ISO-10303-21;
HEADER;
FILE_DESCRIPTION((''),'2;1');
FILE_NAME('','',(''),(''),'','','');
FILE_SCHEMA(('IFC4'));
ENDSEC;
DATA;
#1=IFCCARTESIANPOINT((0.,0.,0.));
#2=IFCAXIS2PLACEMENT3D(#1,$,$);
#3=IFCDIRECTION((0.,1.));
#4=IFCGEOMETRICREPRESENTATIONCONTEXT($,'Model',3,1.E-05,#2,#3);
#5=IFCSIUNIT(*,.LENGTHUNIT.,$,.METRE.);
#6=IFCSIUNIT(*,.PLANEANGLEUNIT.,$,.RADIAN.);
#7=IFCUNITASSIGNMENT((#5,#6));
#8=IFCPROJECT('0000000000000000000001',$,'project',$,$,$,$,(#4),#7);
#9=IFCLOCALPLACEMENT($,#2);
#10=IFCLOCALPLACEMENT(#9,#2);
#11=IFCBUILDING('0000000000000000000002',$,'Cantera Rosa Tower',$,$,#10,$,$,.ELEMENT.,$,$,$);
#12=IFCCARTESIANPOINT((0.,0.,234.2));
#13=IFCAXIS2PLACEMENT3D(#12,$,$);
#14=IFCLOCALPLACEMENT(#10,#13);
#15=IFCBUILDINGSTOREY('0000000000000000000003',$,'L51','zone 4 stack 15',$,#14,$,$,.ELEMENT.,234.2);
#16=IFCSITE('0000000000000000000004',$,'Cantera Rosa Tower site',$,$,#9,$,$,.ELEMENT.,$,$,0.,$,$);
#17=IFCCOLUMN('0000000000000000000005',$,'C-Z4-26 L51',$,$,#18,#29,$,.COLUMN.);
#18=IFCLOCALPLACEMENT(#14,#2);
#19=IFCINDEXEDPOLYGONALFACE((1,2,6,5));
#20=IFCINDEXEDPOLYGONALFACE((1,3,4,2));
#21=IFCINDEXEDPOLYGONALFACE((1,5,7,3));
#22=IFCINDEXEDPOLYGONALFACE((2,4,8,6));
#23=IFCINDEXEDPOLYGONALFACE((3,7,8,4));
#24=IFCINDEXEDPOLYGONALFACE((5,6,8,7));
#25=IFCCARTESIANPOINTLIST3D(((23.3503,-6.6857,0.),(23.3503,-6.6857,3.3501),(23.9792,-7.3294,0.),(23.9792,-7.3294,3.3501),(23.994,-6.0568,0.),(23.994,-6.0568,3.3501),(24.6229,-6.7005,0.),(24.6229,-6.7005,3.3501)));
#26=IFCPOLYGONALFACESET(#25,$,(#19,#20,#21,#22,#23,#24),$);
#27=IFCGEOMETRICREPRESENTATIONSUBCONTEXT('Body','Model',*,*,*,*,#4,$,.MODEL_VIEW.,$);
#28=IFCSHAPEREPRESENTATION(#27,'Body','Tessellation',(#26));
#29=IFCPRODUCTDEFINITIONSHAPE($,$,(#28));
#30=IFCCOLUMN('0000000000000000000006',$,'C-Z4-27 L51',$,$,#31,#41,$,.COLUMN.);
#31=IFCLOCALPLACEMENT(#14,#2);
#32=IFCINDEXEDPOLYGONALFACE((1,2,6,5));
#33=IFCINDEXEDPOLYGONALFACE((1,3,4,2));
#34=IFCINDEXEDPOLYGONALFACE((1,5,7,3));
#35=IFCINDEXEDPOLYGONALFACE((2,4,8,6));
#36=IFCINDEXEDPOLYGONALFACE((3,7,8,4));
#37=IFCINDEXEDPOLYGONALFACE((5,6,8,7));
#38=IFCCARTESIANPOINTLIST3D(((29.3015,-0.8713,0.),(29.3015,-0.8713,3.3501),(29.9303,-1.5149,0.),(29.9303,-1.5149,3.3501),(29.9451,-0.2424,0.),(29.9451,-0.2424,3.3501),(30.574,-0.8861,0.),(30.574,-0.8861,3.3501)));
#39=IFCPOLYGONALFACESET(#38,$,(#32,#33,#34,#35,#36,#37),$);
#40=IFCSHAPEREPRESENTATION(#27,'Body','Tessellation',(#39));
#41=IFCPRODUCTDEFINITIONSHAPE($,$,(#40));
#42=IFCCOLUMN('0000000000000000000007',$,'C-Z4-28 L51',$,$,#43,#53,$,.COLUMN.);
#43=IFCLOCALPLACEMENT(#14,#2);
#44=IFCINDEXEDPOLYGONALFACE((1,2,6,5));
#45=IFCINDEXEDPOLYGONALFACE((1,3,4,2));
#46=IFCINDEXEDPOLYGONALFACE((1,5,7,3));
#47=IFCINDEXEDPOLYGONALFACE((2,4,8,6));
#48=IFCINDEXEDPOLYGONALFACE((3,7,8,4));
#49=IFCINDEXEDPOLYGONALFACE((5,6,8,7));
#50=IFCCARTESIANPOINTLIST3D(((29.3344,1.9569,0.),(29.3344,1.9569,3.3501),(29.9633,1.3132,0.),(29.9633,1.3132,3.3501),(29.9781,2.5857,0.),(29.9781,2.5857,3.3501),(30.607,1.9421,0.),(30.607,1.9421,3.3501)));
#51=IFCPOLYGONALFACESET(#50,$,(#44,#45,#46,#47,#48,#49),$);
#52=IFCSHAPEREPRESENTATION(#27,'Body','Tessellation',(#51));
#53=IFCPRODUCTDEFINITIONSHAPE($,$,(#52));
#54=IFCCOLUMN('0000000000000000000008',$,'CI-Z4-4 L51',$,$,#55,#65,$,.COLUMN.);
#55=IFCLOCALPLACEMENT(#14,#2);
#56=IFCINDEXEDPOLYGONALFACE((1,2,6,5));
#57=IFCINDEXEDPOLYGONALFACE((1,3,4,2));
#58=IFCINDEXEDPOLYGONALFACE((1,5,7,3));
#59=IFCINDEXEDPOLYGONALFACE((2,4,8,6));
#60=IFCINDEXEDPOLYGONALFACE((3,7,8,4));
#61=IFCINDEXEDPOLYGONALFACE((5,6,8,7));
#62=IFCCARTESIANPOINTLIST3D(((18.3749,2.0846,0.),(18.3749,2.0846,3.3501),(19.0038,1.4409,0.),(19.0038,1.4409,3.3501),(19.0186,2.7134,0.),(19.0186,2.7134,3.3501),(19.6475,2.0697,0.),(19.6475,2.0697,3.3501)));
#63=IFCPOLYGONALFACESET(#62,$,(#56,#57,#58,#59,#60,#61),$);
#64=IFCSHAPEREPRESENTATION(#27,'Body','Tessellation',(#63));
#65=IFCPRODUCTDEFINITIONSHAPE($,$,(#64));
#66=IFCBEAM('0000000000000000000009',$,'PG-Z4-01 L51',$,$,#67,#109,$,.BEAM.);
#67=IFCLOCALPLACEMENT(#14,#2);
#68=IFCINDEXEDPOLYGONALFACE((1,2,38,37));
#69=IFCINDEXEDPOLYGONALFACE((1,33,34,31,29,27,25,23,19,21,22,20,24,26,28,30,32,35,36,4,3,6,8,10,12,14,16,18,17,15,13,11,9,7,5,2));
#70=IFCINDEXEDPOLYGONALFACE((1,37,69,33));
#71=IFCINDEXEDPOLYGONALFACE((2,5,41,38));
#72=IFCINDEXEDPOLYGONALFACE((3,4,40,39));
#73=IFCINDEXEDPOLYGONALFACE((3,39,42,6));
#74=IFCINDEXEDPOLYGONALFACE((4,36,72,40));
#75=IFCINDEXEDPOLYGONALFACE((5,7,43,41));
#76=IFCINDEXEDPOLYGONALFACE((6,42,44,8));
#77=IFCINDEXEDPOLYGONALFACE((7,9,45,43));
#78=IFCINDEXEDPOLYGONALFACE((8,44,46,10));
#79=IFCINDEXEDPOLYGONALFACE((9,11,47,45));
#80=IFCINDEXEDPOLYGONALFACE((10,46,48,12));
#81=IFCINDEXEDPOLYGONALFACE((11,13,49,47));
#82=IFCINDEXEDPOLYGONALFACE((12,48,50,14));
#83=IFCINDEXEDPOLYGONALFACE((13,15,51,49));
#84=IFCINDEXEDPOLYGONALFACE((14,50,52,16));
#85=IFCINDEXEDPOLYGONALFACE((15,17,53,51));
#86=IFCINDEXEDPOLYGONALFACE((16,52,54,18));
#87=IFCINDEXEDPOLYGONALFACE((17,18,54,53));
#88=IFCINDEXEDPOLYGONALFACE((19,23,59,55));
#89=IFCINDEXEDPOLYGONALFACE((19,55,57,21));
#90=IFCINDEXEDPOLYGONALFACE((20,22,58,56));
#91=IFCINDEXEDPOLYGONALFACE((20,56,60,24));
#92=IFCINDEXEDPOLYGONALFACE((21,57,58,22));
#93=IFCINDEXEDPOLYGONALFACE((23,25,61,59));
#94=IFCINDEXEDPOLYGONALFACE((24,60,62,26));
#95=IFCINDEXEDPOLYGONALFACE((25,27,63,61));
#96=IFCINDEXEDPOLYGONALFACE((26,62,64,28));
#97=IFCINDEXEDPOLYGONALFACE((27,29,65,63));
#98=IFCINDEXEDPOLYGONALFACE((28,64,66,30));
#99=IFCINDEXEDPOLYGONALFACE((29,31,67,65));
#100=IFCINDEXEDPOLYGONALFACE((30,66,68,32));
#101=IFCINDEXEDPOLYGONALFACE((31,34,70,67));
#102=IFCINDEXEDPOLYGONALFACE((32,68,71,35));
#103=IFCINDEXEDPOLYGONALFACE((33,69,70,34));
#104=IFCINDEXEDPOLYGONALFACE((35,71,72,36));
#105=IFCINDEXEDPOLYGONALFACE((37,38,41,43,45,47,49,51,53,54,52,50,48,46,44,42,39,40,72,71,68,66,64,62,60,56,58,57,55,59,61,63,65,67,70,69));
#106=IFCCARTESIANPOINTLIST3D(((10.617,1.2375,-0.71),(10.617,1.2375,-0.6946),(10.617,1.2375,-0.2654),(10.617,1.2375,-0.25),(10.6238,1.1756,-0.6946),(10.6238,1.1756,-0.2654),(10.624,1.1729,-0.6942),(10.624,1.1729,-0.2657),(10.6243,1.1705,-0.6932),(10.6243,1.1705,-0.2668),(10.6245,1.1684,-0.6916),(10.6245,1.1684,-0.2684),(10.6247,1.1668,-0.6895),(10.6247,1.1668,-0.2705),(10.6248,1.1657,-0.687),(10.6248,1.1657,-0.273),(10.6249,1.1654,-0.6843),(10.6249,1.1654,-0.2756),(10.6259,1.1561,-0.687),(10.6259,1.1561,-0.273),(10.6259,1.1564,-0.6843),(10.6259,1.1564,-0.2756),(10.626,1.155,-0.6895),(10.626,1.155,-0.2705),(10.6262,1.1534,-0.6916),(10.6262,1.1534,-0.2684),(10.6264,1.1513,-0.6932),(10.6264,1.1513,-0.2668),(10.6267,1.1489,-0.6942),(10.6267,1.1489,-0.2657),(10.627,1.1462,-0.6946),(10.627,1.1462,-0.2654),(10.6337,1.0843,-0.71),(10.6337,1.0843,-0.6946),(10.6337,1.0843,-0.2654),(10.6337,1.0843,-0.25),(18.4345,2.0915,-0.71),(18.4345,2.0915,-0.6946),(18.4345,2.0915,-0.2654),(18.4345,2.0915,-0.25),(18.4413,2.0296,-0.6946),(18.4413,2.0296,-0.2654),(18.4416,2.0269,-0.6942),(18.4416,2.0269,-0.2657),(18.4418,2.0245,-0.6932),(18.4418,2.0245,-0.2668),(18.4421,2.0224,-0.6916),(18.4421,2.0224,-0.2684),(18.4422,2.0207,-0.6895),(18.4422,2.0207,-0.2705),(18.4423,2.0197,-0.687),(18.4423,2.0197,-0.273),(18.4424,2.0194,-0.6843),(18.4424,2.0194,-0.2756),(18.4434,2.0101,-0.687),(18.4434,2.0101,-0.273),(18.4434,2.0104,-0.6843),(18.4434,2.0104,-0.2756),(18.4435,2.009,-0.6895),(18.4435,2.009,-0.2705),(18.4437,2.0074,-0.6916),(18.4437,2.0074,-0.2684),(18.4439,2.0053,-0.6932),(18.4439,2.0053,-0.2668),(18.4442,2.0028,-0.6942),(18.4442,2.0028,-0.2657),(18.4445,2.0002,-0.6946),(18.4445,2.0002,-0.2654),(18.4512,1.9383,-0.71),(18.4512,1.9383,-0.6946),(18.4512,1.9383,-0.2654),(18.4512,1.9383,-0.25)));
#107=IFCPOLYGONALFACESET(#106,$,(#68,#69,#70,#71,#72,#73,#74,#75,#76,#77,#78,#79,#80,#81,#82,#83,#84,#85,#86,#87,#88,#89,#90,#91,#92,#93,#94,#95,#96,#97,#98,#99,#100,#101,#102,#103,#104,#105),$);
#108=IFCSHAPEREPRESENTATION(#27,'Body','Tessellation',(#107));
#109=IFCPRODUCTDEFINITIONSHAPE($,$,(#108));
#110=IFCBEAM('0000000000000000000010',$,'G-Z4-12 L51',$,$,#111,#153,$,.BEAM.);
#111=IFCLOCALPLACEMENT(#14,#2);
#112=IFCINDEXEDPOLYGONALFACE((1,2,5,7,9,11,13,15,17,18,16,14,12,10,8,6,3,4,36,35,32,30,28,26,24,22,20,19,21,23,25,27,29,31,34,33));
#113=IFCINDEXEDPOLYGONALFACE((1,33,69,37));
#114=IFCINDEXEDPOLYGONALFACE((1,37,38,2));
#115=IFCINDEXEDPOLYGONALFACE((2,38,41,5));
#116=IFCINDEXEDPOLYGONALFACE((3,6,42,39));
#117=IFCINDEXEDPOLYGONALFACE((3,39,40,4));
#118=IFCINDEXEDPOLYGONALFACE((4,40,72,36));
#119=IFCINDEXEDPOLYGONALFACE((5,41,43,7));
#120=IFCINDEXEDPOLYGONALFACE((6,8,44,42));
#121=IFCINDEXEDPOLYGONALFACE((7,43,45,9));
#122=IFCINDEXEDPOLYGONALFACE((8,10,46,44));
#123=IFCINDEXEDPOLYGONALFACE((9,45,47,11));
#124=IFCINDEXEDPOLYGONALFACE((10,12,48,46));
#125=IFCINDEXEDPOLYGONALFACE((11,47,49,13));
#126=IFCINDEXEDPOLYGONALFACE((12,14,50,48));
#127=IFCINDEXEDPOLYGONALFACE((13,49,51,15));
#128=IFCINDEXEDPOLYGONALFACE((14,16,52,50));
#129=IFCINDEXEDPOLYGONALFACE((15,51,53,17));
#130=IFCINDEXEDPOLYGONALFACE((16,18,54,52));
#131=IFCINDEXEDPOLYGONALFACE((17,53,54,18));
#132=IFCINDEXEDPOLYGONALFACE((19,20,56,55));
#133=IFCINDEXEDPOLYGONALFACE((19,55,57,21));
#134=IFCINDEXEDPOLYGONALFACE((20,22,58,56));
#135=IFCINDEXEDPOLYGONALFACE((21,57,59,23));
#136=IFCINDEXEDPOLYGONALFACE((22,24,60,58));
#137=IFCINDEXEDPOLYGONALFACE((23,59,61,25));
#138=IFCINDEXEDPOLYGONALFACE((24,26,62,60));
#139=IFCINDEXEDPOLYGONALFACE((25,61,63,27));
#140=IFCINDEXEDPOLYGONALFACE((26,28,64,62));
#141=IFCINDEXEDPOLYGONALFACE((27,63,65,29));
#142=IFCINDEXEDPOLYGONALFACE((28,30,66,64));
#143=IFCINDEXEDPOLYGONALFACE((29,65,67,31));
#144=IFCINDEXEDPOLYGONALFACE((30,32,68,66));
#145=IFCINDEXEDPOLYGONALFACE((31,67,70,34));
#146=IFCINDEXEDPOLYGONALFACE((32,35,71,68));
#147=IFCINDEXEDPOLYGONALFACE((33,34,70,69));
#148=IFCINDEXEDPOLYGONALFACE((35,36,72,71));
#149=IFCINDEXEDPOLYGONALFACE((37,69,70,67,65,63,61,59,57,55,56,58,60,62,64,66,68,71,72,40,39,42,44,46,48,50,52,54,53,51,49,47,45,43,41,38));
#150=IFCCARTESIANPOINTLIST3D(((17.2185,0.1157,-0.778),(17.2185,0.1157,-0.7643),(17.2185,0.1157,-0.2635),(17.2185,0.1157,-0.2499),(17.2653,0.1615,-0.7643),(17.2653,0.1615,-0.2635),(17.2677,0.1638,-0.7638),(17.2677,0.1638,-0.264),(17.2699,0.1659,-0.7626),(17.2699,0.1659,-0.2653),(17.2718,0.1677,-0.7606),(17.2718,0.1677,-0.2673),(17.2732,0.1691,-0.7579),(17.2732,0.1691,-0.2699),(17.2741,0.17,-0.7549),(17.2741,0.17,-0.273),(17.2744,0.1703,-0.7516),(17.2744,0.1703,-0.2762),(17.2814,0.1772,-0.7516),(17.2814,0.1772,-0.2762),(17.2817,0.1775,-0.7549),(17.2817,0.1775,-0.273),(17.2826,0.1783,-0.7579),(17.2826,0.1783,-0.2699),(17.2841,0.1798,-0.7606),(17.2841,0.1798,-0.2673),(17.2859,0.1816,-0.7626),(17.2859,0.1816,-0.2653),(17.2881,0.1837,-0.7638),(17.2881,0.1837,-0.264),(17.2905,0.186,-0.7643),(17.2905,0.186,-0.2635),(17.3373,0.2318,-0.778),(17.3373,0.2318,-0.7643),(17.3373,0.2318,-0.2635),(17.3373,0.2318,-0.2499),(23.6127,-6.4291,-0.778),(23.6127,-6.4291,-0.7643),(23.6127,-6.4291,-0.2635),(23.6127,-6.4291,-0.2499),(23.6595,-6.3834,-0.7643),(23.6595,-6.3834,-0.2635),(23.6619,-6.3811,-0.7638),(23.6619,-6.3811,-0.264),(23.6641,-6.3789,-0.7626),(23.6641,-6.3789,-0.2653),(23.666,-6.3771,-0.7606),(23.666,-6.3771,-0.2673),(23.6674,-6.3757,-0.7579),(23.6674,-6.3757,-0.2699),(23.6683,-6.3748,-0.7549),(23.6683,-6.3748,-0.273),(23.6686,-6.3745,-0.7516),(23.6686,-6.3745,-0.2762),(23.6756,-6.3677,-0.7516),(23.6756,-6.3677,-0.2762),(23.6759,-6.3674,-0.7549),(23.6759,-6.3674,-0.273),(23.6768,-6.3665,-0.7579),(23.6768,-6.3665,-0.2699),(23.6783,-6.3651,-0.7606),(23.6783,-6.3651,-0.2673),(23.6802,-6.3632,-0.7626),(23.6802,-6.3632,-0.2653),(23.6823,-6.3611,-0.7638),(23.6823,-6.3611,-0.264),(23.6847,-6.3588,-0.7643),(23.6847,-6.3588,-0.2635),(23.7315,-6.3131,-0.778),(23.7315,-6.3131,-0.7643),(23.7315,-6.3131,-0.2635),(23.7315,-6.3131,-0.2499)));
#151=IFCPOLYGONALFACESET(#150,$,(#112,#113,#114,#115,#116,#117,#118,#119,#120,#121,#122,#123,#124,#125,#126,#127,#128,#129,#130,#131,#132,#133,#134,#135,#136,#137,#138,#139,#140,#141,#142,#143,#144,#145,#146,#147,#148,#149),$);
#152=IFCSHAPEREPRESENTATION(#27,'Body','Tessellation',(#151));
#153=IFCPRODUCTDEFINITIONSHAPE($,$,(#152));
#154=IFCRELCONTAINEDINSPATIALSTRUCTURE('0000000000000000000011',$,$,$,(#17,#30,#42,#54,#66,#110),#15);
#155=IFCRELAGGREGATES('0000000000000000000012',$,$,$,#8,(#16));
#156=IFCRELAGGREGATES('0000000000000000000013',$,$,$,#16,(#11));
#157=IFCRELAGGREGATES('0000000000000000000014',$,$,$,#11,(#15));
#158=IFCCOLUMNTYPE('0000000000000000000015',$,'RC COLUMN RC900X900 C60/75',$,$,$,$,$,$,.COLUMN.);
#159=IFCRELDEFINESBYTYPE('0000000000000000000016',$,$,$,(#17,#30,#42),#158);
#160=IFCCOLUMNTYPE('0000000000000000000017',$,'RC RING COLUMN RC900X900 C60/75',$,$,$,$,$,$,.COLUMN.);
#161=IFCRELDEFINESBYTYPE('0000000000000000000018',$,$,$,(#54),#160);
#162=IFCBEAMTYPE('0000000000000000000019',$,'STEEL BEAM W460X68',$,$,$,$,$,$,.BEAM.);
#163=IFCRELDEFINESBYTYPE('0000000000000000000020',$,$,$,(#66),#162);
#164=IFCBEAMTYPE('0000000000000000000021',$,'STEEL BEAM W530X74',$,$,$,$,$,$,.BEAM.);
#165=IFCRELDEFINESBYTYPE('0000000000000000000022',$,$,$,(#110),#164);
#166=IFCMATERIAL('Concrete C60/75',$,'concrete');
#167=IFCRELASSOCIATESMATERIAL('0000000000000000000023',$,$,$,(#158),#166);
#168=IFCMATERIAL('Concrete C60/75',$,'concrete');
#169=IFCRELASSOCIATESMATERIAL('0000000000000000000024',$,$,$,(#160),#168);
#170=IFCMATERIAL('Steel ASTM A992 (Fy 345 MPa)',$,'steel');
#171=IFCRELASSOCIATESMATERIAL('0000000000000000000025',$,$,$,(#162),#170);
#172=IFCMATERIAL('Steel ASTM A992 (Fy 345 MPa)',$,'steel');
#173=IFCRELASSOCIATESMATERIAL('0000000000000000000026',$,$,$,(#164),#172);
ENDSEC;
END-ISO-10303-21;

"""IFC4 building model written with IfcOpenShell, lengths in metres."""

from ifc_helpers import new_model, si_unit, direction, frame, origin, origin_2d, place, context, subcontext, project, spatial, rectangle, i_section, extrude, material, material_profile, profile_set, type_object, element, save


model = new_model("IFC4")

# Units and contexts
model_context = context("Model", 3, precision=1e-05, world=origin(), true_north=direction((0.0, 1.0)))
body_context = subcontext(model_context, "Body", "Model", "MODEL_VIEW")
ifc_project = project(units=[si_unit("LENGTHUNIT", "METRE"), si_unit("PLANEANGLEUNIT", "RADIAN")], contexts=[model_context])

# Site, building, storey
site_placement = place(None, origin())
site = spatial("IfcSite", under=ifc_project, at=site_placement, Name="Cantera Rosa Tower site", CompositionType="ELEMENT", RefElevation=0.0)
building_placement = place(site_placement, origin())
building = spatial("IfcBuilding", under=site, at=building_placement, Name="Cantera Rosa Tower", CompositionType="ELEMENT")
storey_placement = place(building_placement, frame((0.0, 0.0, 234.2)))
storey = spatial("IfcBuildingStorey", under=building, at=storey_placement, Name="L51", Description="zone 4 stack 15", CompositionType="ELEMENT", Elevation=234.2)

# Columns
ifc_material_1 = material(Name="Concrete C60/75", Category="concrete")
ifc_material_profile_1 = material_profile(ifc_material_1, rectangle(XDim=0.8999, YDim=0.8999, at=origin_2d()), Name="RC COLUMN RC900X900 C60/75")
ifc_profile_set_1 = profile_set([ifc_material_profile_1], Name="Concrete C60/75")
column_type_1 = type_object("IfcColumnType", Name="RC COLUMN RC900X900 C60/75", PredefinedType="COLUMN", material=ifc_profile_set_1)
for number, where, z_axis, x_axis, name in (
    (1, (23.9866, -6.6931, 0.0), (0.0, 0.0, 1.0), (0.715286, 0.698832, 0.0), "C-Z4-26 L51"),
    (2, (29.9377, -0.8787, 0.0), (0.0, 0.0, 1.0), (0.715286, 0.698832, 0.0), "C-Z4-27 L51"),
    (3, (29.9707, 1.9495, 0.0), (0.0, 0.0, 1.0), (0.715286, 0.698832, 0.0), "C-Z4-28 L51"),
):
    element("IfcColumn", number, at=place(storey_placement, frame(where, z_axis=z_axis, x_axis=x_axis)), inside=storey, type_object=column_type_1, Name=name, PredefinedType="COLUMN", context=body_context, shape_type="SweptSolid", body=[
        extrude(rectangle(XDim=0.8999, YDim=0.8999, at=origin_2d()), origin(), (0.0, 0.0, 1.0), 3.3501),
    ])
ifc_material_2 = material(Name="Concrete C60/75", Category="concrete")
ifc_material_profile_2 = material_profile(ifc_material_2, rectangle(XDim=0.8999, YDim=0.8999, at=origin_2d()), Name="RC RING COLUMN RC900X900 C60/75")
ifc_profile_set_2 = profile_set([ifc_material_profile_2], Name="Concrete C60/75")
column_type_2 = type_object("IfcColumnType", Name="RC RING COLUMN RC900X900 C60/75", PredefinedType="COLUMN", material=ifc_profile_set_2)
column_placement = place(storey_placement, frame((19.0112, 2.0771, 0.0), z_axis=(0.0, 0.0, 1.0), x_axis=(0.715286, 0.698832, 0.0)))
element("IfcColumn", 4, at=column_placement, inside=storey, type_object=column_type_2, Name="CI-Z4-4 L51", PredefinedType="COLUMN", context=body_context, shape_type="SweptSolid", body=[
    extrude(rectangle(XDim=0.8999, YDim=0.8999, at=origin_2d()), origin(), (0.0, 0.0, 1.0), 3.3501),
])

# Beams
ifc_material_3 = material(Name="Steel ASTM A992 (Fy 345 MPa)", Category="steel")
ifc_material_profile_3 = material_profile(ifc_material_3, i_section(OverallWidth=0.1541, OverallDepth=0.46, WebThickness=0.009, FlangeThickness=0.0154, FilletRadius=0.0103, at=origin_2d()), Name="W460X68")
ifc_profile_set_3 = profile_set([ifc_material_profile_3], Name="Steel ASTM A992 (Fy 345 MPa)")
beam_type_1 = type_object("IfcBeamType", Name="STEEL BEAM W460X68", PredefinedType="BEAM", material=ifc_profile_set_3)
beam_1_placement = place(storey_placement, frame((18.4429, 2.0149, -0.48), z_axis=(-0.994086, -0.108595, 0.0), x_axis=(0.108595, -0.994086, 0.0)))
element("IfcBeam", 5, at=beam_1_placement, inside=storey, type_object=beam_type_1, Name="PG-Z4-01 L51", PredefinedType="BEAM", context=body_context, shape_type="SweptSolid", body=[
    extrude(i_section(OverallWidth=0.1541, OverallDepth=0.46, WebThickness=0.009, FlangeThickness=0.0154, FilletRadius=0.0103, at=origin_2d()), origin(), (0.0, 0.0, 1.0), 7.864),
])
ifc_material_4 = material(Name="Steel ASTM A992 (Fy 345 MPa)", Category="steel")
ifc_material_profile_4 = material_profile(ifc_material_4, i_section(OverallWidth=0.166, OverallDepth=0.5281, WebThickness=0.0098, FlangeThickness=0.0137, FilletRadius=0.0127, at=origin_2d()), Name="W530X74")
ifc_profile_set_4 = profile_set([ifc_material_profile_4], Name="Steel ASTM A992 (Fy 345 MPa)")
beam_type_2 = type_object("IfcBeamType", Name="STEEL BEAM W530X74", PredefinedType="BEAM", material=ifc_profile_set_4)
beam_2_placement = place(storey_placement, frame((23.6721, -6.3711, -0.5139), z_axis=(-0.698827, 0.71529, 0.0), x_axis=(-0.71529, -0.698827, 0.0)))
element("IfcBeam", 6, at=beam_2_placement, inside=storey, type_object=beam_type_2, Name="G-Z4-12 L51", PredefinedType="BEAM", context=body_context, shape_type="SweptSolid", body=[
    extrude(i_section(OverallWidth=0.166, OverallDepth=0.5281, WebThickness=0.0098, FlangeThickness=0.0137, FilletRadius=0.0127, at=origin_2d()), origin(), (0.0, 0.0, 1.0), 9.1499),
])

save(model, "model.ifc")
